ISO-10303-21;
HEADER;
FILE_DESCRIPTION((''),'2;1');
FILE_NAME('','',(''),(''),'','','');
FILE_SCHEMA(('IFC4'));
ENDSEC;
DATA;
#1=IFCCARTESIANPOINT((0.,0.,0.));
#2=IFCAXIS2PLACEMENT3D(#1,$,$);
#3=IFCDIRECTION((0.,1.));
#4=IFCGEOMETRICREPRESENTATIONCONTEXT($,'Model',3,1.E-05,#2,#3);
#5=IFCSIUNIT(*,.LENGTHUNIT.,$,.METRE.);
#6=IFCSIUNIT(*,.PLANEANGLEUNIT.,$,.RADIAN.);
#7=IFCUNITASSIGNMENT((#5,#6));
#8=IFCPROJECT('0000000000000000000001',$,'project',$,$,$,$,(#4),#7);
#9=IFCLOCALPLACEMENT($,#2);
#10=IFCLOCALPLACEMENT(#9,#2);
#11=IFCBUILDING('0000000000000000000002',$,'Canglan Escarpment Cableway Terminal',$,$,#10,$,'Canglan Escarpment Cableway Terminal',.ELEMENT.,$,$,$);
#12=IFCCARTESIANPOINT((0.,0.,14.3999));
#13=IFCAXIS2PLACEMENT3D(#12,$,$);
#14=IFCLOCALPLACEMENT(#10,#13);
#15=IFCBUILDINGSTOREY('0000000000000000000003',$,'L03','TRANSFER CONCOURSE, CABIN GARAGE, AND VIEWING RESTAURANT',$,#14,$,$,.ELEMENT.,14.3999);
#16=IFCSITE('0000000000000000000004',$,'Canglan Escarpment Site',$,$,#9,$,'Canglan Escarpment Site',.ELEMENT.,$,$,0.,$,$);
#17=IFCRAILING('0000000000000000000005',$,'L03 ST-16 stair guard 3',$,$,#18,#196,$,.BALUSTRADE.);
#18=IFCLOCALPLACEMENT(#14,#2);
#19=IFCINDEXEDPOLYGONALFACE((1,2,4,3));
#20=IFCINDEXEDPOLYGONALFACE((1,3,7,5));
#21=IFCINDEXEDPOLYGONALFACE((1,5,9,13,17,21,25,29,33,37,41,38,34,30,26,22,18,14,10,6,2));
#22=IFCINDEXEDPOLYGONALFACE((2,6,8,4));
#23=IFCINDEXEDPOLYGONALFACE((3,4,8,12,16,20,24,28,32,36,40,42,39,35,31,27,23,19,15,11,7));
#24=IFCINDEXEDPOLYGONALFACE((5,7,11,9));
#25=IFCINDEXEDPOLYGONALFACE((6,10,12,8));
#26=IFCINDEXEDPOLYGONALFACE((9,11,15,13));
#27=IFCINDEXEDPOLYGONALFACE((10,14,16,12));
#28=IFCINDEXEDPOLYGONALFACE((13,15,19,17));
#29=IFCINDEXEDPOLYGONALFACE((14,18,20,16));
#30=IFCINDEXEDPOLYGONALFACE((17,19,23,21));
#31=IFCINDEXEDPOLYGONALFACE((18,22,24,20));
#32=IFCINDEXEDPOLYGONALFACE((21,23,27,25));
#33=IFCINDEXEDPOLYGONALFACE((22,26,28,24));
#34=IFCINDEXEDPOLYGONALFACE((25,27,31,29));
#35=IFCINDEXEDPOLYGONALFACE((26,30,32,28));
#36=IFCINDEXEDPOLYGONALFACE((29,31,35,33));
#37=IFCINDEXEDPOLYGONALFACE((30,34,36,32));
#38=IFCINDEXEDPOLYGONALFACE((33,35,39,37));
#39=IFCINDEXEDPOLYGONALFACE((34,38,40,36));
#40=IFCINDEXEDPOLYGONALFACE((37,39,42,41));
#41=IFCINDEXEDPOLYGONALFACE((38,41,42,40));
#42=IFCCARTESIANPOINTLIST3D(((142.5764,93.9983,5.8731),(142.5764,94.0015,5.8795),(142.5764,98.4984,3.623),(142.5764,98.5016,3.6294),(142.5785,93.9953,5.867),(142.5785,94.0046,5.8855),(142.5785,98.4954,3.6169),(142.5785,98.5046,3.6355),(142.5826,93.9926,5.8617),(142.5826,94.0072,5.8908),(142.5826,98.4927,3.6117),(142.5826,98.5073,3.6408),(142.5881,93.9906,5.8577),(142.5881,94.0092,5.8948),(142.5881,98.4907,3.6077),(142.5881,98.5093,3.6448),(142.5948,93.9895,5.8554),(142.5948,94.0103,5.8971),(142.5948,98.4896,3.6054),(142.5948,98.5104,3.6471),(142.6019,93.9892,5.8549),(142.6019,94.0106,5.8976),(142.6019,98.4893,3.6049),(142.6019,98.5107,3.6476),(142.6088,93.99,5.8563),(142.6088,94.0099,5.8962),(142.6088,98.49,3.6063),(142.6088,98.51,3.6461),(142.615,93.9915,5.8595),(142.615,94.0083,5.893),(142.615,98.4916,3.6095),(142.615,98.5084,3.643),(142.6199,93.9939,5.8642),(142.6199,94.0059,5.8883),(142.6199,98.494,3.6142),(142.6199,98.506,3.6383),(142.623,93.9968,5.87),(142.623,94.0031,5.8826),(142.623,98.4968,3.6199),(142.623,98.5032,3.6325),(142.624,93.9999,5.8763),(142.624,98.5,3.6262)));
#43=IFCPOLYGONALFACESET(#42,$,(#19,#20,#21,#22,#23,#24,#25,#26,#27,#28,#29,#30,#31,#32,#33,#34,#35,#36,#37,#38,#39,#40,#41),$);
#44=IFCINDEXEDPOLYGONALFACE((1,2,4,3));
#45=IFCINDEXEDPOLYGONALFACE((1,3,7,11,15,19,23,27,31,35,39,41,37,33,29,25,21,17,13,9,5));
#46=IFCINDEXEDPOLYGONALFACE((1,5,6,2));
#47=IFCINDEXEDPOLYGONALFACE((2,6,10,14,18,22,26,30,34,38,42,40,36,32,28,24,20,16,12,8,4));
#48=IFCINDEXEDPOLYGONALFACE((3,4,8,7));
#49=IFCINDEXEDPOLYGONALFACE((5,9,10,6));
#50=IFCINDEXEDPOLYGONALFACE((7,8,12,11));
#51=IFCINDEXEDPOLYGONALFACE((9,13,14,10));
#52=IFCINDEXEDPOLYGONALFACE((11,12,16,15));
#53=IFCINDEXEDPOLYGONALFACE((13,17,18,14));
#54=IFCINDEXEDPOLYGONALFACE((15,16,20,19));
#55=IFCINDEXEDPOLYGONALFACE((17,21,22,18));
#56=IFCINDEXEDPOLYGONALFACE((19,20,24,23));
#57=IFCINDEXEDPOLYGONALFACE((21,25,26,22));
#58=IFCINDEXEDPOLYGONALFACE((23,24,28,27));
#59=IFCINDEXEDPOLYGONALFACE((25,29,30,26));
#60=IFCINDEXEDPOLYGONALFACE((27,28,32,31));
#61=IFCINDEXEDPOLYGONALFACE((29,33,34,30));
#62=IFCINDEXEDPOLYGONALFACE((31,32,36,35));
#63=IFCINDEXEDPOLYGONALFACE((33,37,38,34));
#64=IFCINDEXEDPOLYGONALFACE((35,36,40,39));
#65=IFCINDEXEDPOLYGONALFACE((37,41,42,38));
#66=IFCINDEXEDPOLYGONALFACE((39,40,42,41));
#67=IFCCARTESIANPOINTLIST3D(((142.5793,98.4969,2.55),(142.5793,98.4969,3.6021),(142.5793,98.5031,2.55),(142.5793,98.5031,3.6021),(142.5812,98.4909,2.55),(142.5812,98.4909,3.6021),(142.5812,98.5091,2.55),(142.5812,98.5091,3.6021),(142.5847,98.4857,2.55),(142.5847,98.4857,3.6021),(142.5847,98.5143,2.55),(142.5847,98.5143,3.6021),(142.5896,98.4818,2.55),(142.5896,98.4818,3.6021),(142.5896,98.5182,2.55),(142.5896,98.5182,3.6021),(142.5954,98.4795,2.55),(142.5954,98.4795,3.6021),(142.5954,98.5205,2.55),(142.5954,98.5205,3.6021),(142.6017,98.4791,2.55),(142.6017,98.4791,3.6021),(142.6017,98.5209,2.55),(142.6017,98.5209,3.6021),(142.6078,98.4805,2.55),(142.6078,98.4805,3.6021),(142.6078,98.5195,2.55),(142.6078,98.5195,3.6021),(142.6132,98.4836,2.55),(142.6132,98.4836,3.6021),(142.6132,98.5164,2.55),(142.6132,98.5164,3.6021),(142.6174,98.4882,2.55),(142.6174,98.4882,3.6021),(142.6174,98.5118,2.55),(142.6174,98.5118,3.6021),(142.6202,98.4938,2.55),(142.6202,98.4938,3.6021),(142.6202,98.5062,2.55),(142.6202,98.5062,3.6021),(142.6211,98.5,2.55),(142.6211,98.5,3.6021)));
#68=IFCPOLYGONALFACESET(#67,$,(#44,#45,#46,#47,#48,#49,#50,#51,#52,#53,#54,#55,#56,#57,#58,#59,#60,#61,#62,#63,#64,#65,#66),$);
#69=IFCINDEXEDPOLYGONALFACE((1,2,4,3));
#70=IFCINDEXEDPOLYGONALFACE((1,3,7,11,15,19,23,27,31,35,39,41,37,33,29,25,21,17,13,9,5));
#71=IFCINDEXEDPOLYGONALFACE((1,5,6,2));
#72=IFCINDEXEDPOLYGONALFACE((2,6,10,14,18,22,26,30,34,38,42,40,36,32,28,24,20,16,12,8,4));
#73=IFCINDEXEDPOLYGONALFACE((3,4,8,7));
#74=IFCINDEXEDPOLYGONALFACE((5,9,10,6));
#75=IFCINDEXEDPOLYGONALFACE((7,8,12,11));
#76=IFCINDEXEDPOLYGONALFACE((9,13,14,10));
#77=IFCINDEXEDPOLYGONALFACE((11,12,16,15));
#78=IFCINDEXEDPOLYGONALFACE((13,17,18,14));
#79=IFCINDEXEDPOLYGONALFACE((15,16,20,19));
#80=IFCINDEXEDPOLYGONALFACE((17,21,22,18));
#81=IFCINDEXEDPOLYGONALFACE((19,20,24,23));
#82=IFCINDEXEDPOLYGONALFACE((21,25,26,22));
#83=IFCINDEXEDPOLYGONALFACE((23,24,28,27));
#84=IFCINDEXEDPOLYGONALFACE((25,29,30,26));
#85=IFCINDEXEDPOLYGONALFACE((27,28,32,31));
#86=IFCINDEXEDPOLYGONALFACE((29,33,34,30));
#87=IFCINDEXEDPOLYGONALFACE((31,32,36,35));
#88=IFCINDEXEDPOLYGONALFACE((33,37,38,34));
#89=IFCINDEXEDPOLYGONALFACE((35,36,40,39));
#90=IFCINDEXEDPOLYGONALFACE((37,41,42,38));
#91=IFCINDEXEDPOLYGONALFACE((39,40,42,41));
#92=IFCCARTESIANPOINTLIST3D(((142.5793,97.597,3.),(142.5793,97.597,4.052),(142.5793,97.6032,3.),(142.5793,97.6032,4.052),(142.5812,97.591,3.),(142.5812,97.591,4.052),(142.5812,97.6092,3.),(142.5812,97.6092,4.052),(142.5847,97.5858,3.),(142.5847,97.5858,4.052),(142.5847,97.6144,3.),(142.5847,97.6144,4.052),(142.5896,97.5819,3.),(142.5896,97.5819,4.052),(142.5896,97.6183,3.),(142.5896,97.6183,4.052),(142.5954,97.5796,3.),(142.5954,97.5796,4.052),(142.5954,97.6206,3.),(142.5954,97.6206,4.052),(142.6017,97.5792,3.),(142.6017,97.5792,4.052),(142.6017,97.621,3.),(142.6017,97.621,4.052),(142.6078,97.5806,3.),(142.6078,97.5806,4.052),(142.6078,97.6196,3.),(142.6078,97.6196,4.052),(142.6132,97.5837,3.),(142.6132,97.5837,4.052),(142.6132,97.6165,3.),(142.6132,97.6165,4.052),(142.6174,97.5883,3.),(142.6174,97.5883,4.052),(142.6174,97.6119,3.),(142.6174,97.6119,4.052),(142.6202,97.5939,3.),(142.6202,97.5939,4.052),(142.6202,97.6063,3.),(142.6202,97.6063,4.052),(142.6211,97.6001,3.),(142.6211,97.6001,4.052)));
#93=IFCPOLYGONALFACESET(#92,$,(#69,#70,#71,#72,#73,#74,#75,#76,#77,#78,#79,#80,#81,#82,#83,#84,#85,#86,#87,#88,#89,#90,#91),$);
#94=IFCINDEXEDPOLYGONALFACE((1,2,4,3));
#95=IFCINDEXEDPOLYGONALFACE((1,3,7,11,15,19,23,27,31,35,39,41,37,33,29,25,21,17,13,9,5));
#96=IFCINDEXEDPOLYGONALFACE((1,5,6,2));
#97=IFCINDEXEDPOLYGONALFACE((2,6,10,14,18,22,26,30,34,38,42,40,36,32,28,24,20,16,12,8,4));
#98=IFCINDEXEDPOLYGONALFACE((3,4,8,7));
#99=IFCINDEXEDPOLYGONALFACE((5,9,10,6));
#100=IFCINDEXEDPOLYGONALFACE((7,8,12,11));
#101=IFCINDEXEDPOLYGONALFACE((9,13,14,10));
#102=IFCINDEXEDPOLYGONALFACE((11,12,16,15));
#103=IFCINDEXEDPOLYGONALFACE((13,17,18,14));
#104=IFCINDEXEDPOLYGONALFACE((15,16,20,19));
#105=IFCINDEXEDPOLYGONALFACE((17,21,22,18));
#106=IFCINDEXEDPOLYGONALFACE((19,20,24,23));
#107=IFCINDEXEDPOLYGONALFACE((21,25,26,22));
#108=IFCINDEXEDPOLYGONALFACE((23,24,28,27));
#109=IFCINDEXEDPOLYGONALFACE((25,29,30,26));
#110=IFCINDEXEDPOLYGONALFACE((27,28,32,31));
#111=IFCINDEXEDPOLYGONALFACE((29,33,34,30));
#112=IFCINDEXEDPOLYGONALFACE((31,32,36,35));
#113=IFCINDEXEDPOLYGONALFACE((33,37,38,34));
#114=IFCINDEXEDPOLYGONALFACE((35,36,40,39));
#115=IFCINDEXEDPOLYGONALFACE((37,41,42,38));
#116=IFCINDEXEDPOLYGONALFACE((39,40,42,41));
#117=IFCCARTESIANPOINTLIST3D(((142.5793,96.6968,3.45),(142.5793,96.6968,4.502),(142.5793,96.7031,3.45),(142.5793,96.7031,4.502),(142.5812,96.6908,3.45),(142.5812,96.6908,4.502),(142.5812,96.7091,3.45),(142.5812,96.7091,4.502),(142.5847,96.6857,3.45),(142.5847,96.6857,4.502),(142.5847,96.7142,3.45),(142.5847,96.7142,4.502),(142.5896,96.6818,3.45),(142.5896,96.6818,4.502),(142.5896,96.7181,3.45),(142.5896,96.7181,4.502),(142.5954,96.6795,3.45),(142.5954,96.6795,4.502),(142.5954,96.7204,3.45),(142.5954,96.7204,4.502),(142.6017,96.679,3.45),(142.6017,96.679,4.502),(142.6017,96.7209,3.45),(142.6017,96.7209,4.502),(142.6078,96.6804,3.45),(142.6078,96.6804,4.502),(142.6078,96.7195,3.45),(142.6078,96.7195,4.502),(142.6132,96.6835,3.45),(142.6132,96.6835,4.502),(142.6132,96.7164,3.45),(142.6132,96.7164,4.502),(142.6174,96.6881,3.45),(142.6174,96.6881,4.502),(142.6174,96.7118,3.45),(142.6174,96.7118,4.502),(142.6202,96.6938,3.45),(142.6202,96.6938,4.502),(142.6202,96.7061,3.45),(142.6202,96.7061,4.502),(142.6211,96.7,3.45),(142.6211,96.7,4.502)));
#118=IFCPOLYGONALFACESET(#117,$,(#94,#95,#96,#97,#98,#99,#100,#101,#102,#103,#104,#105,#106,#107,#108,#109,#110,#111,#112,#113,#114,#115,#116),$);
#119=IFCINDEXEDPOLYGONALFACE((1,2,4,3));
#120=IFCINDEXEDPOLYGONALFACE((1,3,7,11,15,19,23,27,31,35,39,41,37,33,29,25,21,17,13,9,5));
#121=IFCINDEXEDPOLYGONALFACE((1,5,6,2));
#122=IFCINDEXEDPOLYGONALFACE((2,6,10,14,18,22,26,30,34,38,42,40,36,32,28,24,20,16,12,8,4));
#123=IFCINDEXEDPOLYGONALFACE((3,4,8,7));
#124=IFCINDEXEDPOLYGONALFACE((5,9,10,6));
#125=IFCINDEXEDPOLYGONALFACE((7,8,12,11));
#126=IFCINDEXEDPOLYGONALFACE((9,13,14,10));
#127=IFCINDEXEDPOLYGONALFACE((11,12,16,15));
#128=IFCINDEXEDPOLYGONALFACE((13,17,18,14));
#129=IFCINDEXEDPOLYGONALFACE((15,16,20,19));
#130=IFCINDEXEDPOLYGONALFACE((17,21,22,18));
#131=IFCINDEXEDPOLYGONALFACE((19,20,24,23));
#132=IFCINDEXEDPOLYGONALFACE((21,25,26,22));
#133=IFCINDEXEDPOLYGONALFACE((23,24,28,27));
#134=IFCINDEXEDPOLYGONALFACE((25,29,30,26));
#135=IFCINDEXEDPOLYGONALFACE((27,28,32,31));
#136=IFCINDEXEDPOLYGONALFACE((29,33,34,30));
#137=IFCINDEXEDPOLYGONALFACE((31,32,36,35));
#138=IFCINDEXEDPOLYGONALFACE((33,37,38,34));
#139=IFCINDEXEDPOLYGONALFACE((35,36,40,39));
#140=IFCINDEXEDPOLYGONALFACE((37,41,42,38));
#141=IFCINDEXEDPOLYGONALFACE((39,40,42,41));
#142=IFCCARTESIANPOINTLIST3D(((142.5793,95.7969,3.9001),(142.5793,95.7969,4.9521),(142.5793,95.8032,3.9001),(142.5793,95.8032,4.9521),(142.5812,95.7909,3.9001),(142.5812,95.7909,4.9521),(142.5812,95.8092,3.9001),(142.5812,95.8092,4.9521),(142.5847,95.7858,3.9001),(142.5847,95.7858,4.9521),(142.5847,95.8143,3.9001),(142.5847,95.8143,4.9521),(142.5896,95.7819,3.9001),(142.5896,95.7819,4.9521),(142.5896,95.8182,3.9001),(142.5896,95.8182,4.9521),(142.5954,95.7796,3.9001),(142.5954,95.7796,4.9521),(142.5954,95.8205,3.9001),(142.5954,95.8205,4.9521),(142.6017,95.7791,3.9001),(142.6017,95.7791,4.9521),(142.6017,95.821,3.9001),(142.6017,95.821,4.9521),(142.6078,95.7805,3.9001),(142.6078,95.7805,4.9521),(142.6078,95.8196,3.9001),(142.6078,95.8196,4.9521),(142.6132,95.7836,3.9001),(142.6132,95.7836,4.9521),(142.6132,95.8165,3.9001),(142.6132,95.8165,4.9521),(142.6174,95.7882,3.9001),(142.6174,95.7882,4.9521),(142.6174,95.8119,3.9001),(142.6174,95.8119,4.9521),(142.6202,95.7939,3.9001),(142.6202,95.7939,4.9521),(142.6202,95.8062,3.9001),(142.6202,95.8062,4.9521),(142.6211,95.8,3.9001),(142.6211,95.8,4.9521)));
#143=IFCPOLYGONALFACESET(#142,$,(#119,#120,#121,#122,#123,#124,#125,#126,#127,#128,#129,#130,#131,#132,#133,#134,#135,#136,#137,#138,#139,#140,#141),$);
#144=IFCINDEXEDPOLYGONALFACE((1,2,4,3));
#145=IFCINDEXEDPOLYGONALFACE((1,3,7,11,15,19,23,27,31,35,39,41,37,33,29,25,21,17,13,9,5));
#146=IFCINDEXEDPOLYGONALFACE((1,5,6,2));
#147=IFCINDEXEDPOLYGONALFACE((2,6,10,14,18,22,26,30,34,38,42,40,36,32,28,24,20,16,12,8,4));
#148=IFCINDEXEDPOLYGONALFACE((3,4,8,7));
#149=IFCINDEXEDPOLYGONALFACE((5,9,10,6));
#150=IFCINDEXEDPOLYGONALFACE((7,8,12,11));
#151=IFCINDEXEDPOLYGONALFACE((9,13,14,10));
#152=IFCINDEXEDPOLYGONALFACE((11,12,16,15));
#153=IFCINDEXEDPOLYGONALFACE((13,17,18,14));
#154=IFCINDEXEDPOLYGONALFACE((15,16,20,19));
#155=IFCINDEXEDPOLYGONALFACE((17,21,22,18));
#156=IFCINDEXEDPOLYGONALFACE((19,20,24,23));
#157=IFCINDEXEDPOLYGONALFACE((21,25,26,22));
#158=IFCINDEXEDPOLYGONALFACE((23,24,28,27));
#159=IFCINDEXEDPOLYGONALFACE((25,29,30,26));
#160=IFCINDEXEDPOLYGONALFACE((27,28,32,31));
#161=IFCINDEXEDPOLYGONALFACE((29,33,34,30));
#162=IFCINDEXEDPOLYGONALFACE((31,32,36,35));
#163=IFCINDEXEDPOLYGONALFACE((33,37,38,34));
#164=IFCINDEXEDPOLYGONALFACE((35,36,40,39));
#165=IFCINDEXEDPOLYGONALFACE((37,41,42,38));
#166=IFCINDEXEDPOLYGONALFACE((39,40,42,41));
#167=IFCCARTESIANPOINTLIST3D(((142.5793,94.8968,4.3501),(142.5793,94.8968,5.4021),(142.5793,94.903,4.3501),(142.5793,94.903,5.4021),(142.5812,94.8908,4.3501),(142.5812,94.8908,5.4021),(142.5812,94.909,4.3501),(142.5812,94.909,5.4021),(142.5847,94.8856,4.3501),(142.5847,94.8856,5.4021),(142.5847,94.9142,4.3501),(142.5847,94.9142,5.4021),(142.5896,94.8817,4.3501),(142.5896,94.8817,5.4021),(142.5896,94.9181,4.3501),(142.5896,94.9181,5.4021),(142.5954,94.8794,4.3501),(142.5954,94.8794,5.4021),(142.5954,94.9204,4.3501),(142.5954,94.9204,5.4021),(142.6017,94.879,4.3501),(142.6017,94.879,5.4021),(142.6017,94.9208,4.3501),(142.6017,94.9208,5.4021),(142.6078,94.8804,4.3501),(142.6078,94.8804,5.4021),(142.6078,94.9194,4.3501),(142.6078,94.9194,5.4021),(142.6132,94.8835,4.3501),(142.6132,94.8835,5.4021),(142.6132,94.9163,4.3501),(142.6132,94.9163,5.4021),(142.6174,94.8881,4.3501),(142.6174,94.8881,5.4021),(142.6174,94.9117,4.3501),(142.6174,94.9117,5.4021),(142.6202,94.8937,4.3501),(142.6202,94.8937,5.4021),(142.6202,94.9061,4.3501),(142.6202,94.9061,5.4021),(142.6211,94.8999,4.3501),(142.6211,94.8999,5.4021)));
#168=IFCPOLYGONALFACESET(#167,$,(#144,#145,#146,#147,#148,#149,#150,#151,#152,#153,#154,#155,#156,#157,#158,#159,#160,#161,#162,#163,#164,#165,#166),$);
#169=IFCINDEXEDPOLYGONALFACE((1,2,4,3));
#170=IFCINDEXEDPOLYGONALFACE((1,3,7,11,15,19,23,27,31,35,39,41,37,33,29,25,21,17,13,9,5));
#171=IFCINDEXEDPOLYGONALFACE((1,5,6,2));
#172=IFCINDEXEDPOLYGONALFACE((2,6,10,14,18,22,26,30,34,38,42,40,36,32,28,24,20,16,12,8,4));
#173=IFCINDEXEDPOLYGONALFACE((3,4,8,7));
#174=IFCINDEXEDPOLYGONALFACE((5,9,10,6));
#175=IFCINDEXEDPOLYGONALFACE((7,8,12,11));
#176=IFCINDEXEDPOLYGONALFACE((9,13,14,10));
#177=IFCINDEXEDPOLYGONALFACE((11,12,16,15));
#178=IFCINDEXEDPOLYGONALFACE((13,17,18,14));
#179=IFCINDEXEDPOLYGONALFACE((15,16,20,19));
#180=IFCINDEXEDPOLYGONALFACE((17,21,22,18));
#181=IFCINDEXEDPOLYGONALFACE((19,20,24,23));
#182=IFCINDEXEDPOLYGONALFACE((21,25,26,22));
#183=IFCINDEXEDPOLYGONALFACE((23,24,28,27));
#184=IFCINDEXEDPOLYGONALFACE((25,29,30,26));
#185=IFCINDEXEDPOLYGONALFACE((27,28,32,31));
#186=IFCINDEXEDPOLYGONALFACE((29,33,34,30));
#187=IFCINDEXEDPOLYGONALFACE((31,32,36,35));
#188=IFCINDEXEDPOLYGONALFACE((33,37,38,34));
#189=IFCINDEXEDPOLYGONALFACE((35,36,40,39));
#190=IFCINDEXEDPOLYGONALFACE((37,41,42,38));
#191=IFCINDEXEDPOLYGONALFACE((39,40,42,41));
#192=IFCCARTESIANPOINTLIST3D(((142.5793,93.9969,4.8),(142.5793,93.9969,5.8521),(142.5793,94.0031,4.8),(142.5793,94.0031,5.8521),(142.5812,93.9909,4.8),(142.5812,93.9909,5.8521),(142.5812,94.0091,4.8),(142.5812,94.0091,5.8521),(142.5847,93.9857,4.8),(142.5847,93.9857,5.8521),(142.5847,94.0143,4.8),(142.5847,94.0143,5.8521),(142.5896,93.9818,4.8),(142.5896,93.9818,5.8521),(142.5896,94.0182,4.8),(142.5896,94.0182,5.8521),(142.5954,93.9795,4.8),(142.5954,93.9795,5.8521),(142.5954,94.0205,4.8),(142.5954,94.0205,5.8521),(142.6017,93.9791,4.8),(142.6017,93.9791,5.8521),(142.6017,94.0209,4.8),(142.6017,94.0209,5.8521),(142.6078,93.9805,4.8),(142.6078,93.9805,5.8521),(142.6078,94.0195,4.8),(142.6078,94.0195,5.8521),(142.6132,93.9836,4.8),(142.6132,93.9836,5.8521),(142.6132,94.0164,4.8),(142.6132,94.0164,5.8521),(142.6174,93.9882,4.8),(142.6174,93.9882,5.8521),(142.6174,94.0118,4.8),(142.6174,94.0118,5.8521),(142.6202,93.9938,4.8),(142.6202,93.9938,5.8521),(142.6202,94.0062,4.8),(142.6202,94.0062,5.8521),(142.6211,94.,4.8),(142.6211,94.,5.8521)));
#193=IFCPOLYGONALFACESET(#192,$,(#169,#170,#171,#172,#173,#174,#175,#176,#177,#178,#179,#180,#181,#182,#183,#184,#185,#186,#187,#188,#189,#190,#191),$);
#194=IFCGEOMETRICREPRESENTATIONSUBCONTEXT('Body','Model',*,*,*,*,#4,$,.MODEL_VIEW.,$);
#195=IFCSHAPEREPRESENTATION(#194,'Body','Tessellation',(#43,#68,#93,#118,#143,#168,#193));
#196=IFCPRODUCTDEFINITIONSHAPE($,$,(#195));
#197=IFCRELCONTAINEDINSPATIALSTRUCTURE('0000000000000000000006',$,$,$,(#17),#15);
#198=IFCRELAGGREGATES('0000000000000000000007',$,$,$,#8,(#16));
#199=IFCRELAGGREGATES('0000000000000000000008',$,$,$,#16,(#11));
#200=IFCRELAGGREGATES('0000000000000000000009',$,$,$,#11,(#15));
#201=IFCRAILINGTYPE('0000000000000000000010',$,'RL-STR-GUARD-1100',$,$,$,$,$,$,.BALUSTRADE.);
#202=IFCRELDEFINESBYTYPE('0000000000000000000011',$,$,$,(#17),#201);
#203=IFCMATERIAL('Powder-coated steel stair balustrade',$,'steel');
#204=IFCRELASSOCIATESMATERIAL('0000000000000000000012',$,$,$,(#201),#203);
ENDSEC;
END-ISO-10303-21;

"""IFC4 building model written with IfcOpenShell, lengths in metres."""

from ifc_helpers import new_model, si_unit, direction, frame, origin, origin_2d, place, context, subcontext, project, spatial, circle, extrude, material, type_object, element, save


model = new_model("IFC4")

# Units and contexts
model_context = context("Model", 3, precision=1e-05, world=origin(), true_north=direction((0.0, 1.0)))
body_context = subcontext(model_context, "Body", "Model", "MODEL_VIEW")
ifc_project = project(units=[si_unit("LENGTHUNIT", "METRE"), si_unit("PLANEANGLEUNIT", "RADIAN")], contexts=[model_context])

# Site, building, storey
site_placement = place(None, origin())
site = spatial("IfcSite", under=ifc_project, at=site_placement, Name="Canglan Escarpment Site", LongName="Canglan Escarpment Site", CompositionType="ELEMENT", RefElevation=0.0)
building_placement = place(site_placement, origin())
building = spatial("IfcBuilding", under=site, at=building_placement, Name="Canglan Escarpment Cableway Terminal", LongName="Canglan Escarpment Cableway Terminal", CompositionType="ELEMENT")
storey_placement = place(building_placement, frame((0.0, 0.0, 14.3999)))
storey = spatial("IfcBuildingStorey", under=building, at=storey_placement, Name="L03", Description="TRANSFER CONCOURSE, CABIN GARAGE, AND VIEWING RESTAURANT", CompositionType="ELEMENT", Elevation=14.3999)

# Railing
ifc_material_1 = material(Name="Powder-coated steel stair balustrade", Category="steel")
railing_type_1 = type_object("IfcRailingType", Name="RL-STR-GUARD-1100", PredefinedType="BALUSTRADE", material=ifc_material_1)
railing_1_placement = place(storey_placement, frame((142.6001, 98.5, 2.55)))
element("IfcRailing", 1, at=railing_1_placement, inside=storey, type_object=railing_type_1, Name="L03 ST-16 stair guard 3", PredefinedType="BALUSTRADE", context=body_context, shape_type="SweptSolid", body=[
    extrude(circle(Radius=0.0239, at=origin_2d()), frame((0.0, 0.0, 1.0762), z_axis=(0.0, -0.894427, 0.447214), x_axis=(1.0, 0.0, 0.0)), (0.0, 0.0, 1.0), 5.0312),
    extrude(circle(Radius=0.021, at=origin_2d()), origin(), (0.0, 0.0, 1.0), 1.052),
    extrude(circle(Radius=0.021, at=origin_2d()), frame((0.0, -0.8999, 0.45)), (0.0, 0.0, 1.0), 1.052),
    extrude(circle(Radius=0.021, at=origin_2d()), frame((0.0, -1.8, 0.8999)), (0.0, 0.0, 1.0), 1.052),
    extrude(circle(Radius=0.021, at=origin_2d()), frame((0.0, -2.7, 1.3501)), (0.0, 0.0, 1.0), 1.052),
    extrude(circle(Radius=0.021, at=origin_2d()), frame((0.0, -3.6001, 1.8)), (0.0, 0.0, 1.0), 1.052),
    extrude(circle(Radius=0.021, at=origin_2d()), frame((0.0, -4.5, 2.25)), (0.0, 0.0, 1.0), 1.052),
])

save(model, "model.ifc")
